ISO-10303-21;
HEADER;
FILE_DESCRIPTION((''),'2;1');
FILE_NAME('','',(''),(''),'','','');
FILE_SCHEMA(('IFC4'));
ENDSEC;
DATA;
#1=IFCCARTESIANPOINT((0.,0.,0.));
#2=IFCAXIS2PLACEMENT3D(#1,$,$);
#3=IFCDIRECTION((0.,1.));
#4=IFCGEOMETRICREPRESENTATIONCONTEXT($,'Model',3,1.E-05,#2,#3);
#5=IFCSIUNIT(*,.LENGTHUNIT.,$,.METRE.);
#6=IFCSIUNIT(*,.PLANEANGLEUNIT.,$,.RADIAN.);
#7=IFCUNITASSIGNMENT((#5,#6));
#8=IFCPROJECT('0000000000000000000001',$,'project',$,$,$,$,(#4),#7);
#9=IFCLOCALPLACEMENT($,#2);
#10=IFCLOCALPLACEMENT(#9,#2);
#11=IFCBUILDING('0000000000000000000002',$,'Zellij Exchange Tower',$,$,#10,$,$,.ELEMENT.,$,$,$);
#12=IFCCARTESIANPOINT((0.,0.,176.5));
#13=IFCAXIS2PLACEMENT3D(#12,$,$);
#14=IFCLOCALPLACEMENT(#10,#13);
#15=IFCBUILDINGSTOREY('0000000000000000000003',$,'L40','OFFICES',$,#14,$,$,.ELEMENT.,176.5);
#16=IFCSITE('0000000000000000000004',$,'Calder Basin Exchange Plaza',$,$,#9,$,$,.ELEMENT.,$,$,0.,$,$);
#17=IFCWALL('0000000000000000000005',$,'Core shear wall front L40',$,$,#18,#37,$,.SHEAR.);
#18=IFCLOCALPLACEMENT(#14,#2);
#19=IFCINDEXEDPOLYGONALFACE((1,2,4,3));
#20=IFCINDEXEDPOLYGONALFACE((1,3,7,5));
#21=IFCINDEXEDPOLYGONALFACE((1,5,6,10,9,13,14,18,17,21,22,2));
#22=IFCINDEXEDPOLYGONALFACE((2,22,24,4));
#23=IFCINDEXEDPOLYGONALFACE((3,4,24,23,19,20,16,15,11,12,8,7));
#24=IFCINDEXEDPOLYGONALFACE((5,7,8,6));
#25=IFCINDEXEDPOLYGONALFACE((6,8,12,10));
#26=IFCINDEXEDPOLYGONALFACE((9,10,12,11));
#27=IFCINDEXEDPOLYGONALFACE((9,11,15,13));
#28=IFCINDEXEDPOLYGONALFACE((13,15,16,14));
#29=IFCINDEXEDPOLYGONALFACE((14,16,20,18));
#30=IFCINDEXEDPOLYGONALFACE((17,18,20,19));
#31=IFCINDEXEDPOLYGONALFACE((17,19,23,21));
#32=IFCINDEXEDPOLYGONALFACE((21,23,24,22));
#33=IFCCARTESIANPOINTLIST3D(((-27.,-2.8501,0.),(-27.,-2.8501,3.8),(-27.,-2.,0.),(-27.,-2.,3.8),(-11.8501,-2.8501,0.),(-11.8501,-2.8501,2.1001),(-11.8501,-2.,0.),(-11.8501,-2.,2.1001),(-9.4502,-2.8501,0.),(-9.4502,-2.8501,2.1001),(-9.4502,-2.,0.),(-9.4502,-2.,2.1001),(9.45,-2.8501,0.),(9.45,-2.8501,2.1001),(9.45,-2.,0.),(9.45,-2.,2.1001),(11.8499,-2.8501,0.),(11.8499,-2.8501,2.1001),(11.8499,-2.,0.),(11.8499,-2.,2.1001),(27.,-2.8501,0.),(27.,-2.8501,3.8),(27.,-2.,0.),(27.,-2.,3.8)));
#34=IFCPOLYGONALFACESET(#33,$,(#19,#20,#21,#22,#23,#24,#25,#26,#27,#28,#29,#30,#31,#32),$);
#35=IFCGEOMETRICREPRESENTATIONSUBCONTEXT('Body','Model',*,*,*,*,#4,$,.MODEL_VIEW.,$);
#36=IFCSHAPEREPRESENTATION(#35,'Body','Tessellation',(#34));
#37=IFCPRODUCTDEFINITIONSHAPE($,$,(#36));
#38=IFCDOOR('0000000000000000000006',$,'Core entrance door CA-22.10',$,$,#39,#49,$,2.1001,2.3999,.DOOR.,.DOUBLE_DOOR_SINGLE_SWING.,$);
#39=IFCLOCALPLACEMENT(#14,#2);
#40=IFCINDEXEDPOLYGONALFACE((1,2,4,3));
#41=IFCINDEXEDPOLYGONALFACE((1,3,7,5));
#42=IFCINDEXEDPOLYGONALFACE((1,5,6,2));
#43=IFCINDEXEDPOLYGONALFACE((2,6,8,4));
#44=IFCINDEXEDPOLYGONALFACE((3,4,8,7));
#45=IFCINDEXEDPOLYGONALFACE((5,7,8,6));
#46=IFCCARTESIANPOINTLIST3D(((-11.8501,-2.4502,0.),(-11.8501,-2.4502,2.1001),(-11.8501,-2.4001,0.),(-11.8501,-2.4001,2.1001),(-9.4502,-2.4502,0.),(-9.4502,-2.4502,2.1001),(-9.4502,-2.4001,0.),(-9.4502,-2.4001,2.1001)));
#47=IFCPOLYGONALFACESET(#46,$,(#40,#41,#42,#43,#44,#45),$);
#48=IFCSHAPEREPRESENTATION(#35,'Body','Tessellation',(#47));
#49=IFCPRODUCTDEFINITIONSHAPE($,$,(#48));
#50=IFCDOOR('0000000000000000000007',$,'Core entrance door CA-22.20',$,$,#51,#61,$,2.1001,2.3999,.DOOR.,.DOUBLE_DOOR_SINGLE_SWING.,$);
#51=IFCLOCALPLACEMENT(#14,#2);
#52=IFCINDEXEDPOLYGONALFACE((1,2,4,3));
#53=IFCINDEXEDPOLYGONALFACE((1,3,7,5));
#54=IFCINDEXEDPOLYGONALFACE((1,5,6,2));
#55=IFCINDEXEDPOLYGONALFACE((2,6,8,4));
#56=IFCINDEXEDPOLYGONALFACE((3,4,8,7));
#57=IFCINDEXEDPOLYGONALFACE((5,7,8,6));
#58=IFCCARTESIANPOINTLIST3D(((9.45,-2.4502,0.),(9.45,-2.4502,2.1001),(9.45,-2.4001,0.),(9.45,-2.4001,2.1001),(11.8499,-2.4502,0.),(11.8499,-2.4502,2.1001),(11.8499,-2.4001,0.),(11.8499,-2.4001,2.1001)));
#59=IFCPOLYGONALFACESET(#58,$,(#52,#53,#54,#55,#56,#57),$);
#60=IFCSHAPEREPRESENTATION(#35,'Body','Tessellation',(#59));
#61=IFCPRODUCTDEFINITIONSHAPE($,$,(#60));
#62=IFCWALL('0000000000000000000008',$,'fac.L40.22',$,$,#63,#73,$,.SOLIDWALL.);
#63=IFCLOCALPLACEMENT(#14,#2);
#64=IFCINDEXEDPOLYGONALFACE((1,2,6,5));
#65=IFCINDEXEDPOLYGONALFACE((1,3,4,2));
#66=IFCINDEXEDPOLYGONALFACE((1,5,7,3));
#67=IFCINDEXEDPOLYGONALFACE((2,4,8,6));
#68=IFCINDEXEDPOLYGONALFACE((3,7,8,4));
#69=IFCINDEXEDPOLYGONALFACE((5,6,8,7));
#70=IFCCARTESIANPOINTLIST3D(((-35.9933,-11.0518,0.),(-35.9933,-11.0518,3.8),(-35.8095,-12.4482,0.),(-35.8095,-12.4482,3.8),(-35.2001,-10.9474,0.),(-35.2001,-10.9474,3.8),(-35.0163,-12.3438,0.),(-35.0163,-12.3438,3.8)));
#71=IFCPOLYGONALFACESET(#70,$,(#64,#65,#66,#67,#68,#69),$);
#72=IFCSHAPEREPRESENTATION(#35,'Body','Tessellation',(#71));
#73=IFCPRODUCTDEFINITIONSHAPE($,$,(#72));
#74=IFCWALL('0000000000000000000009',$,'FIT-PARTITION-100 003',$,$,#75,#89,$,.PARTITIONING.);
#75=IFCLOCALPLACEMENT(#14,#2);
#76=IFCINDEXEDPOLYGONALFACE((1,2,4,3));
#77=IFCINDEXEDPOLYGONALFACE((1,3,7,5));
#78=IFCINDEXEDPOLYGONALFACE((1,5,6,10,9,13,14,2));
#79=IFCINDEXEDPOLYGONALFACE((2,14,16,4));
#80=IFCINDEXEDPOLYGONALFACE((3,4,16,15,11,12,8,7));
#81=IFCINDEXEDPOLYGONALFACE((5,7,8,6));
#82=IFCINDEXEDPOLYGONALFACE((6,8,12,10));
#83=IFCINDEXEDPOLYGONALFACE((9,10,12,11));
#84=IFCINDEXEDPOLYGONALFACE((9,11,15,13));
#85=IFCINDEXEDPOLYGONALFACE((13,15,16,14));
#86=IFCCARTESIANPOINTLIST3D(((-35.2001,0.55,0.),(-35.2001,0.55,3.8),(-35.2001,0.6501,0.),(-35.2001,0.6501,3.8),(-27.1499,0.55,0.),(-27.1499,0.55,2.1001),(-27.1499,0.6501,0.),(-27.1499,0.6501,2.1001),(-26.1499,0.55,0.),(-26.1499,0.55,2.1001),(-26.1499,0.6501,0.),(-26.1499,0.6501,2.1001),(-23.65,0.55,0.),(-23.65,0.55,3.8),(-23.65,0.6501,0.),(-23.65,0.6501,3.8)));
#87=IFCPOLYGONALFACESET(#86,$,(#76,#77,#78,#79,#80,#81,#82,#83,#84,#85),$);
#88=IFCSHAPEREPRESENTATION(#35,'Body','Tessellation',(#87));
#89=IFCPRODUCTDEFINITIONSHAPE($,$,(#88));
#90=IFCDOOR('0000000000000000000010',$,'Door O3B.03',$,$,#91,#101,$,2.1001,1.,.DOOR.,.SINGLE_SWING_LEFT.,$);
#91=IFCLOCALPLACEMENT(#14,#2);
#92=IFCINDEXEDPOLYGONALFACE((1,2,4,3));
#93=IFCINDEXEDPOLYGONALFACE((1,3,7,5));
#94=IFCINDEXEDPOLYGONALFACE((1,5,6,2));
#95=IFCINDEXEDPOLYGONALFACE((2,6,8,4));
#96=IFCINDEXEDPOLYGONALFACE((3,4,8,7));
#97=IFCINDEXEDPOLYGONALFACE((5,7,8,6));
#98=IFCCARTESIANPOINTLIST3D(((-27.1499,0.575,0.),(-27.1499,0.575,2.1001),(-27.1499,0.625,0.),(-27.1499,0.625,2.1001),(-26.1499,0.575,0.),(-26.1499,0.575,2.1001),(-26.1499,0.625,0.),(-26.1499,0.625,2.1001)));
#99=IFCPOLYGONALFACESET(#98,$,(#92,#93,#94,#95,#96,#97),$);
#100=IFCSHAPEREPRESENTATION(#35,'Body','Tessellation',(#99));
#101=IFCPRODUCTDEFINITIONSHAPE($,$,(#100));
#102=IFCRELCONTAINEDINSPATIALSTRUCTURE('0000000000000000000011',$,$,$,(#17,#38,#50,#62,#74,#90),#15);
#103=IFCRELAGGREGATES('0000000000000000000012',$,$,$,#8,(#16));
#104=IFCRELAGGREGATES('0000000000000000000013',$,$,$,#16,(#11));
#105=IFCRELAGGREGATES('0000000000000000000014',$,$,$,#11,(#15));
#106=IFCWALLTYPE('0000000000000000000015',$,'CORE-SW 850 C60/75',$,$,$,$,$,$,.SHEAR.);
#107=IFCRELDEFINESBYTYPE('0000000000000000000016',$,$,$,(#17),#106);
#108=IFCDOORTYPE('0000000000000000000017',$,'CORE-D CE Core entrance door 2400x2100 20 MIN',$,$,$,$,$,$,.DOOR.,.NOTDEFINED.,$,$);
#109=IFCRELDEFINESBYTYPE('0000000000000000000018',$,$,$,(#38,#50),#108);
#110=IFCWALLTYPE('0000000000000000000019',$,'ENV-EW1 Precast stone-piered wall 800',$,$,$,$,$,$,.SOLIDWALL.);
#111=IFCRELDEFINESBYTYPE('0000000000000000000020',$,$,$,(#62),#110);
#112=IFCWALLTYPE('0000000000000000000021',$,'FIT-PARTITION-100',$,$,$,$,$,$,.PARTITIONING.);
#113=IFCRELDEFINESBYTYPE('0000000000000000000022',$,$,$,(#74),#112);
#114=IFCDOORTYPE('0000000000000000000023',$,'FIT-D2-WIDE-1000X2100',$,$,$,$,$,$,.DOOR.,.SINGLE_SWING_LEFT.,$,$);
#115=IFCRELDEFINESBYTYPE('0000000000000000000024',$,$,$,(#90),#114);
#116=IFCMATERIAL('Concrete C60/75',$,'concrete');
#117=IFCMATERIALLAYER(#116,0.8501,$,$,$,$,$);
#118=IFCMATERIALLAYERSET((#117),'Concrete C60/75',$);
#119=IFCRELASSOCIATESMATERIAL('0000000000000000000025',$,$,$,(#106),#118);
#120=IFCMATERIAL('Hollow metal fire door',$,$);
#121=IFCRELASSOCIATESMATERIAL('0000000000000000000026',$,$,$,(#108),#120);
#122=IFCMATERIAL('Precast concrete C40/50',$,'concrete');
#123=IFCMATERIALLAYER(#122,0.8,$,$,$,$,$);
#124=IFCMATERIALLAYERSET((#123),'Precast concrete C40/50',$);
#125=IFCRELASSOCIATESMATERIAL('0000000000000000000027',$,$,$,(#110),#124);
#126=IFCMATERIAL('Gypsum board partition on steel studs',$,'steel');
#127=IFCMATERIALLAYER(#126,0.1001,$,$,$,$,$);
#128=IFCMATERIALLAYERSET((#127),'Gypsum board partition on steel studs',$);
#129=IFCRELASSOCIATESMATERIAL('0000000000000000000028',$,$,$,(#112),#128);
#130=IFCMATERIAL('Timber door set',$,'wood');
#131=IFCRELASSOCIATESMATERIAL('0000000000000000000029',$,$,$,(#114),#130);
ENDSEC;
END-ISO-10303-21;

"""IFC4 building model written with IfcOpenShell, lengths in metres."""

from ifc_helpers import new_model, si_unit, direction, frame, frame_2d, origin, place, context, subcontext, project, spatial, rectangle, extrude, material, layer, layer_set, type_object, element, fill, save


model = new_model("IFC4")

# Units and contexts
model_context = context("Model", 3, precision=1e-05, world=origin(), true_north=direction((0.0, 1.0)))
body_context = subcontext(model_context, "Body", "Model", "MODEL_VIEW")
ifc_project = project(units=[si_unit("LENGTHUNIT", "METRE"), si_unit("PLANEANGLEUNIT", "RADIAN")], contexts=[model_context])

# Site, building, storey
site_placement = place(None, origin())
site = spatial("IfcSite", under=ifc_project, at=site_placement, Name="Calder Basin Exchange Plaza", CompositionType="ELEMENT", RefElevation=0.0)
building_placement = place(site_placement, origin())
building = spatial("IfcBuilding", under=site, at=building_placement, Name="Zellij Exchange Tower", CompositionType="ELEMENT")
storey_placement = place(building_placement, frame((0.0, 0.0, 176.5)))
storey = spatial("IfcBuildingStorey", under=building, at=storey_placement, Name="L40", Description="OFFICES", CompositionType="ELEMENT", Elevation=176.5)

# Shared definitions
ifc_material_1 = material(Name="Concrete C60/75", Category="concrete")

# Wall, openings, doors
ifc_layer_1 = layer(ifc_material_1, 0.8501)
ifc_layer_set_1 = layer_set([ifc_layer_1], Name="Concrete C60/75")
wall_type_1 = type_object("IfcWallType", Name="CORE-SW 850 C60/75", PredefinedType="SHEAR", material=ifc_layer_set_1)
wall_1_placement = place(storey_placement, frame((-27.0, -2.425, 0.0), z_axis=(0.0, 0.0, 1.0), x_axis=(1.0, 0.0, 0.0)))
wall_1 = element("IfcWall", 1, at=wall_1_placement, inside=storey, type_object=wall_type_1, Name="Core shear wall front L40", PredefinedType="SHEAR", context=body_context, shape_type="SweptSolid", body=[
    extrude(rectangle(XDim=54.0, YDim=0.8501, at=frame_2d((27.0, 0.0))), origin(), (0.0, 0.0, 1.0), 3.8),
])
opening_1_placement = place(wall_1_placement, frame((15.1499, 0.0, 0.0)))
opening_1 = element("IfcOpeningElement", 2, at=opening_1_placement, cuts=wall_1, PredefinedType="OPENING", context=body_context, shape_type="SweptSolid", body=[
    extrude(rectangle(XDim=2.3999, YDim=2.1001, at=frame_2d((1.2, 1.05))), frame((0.0, 0.437, 0.0), z_axis=(0.0, -1.0, 0.0), x_axis=(1.0, 0.0, 0.0)), (0.0, 0.0, 1.0), 0.874),
])
opening_2_placement = place(wall_1_placement, frame((36.45, 0.0, 0.0)))
opening_2 = element("IfcOpeningElement", 3, at=opening_2_placement, cuts=wall_1, PredefinedType="OPENING", context=body_context, shape_type="SweptSolid", body=[
    extrude(rectangle(XDim=2.3999, YDim=2.1001, at=frame_2d((1.2, 1.05))), frame((0.0, 0.437, 0.0), z_axis=(0.0, -1.0, 0.0), x_axis=(1.0, 0.0, 0.0)), (0.0, 0.0, 1.0), 0.874),
])
ifc_material_2 = material(Name="Hollow metal fire door")
door_type_1 = type_object("IfcDoorType", Name="CORE-D CE Core entrance door 2400x2100 20 MIN", OperationType="NOTDEFINED", PredefinedType="DOOR", material=ifc_material_2)
door_1_placement = place(opening_1_placement, origin())
door_1 = element("IfcDoor", 4, at=door_1_placement, inside=storey, type_object=door_type_1, Name="Core entrance door CA-22.10", OperationType="DOUBLE_DOOR_SINGLE_SWING", OverallHeight=2.1001, OverallWidth=2.3999, PredefinedType="DOOR", context=body_context, shape_type="SweptSolid", body=[
    extrude(rectangle(XDim=2.3999, YDim=2.1001, at=frame_2d((1.2, 1.05))), frame((0.0, 0.0249, 0.0), z_axis=(0.0, -1.0, 0.0), x_axis=(1.0, 0.0, 0.0)), (0.0, 0.0, 1.0), 0.05),
])
fill(opening_1, door_1)
door_2_placement = place(opening_2_placement, origin())
door_2 = element("IfcDoor", 5, at=door_2_placement, inside=storey, type_object=door_type_1, Name="Core entrance door CA-22.20", OperationType="DOUBLE_DOOR_SINGLE_SWING", OverallHeight=2.1001, OverallWidth=2.3999, PredefinedType="DOOR", context=body_context, shape_type="SweptSolid", body=[
    extrude(rectangle(XDim=2.3999, YDim=2.1001, at=frame_2d((1.2, 1.05))), frame((0.0, 0.0249, 0.0), z_axis=(0.0, -1.0, 0.0), x_axis=(1.0, 0.0, 0.0)), (0.0, 0.0, 1.0), 0.05),
])
fill(opening_2, door_2)

# Wall
ifc_material_3 = material(Name="Precast concrete C40/50", Category="concrete")
ifc_layer_2 = layer(ifc_material_3, 0.8)
ifc_layer_set_2 = layer_set([ifc_layer_2], Name="Precast concrete C40/50")
wall_type_2 = type_object("IfcWallType", Name="ENV-EW1 Precast stone-piered wall 800", PredefinedType="SOLIDWALL", material=ifc_layer_set_2)
wall_2_placement = place(storey_placement, frame((-35.5967, -10.9998, 0.0), z_axis=(0.0, 0.0, 1.0), x_axis=(0.130517, -0.991446, 0.0)))
element("IfcWall", 6, at=wall_2_placement, inside=storey, type_object=wall_type_2, Name="fac.L40.22", PredefinedType="SOLIDWALL", context=body_context, shape_type="SweptSolid", body=[
    extrude(rectangle(XDim=1.4084, YDim=0.8, at=frame_2d((0.7041, 0.0))), origin(), (0.0, 0.0, 1.0), 3.8),
])

# Wall, opening, door
ifc_material_4 = material(Name="Gypsum board partition on steel studs", Category="steel")
ifc_layer_3 = layer(ifc_material_4, 0.1001)
ifc_layer_set_3 = layer_set([ifc_layer_3], Name="Gypsum board partition on steel studs")
wall_type_3 = type_object("IfcWallType", Name="FIT-PARTITION-100", PredefinedType="PARTITIONING", material=ifc_layer_set_3)
wall_3_placement = place(storey_placement, frame((-35.2, 0.6001, 0.0), z_axis=(0.0, 0.0, 1.0), x_axis=(1.0, 0.0, 0.0)))
wall_3 = element("IfcWall", 7, at=wall_3_placement, inside=storey, type_object=wall_type_3, Name="FIT-PARTITION-100 003", PredefinedType="PARTITIONING", context=body_context, shape_type="SweptSolid", body=[
    extrude(rectangle(XDim=11.55, YDim=0.1001, at=frame_2d((5.7749, 0.0))), origin(), (0.0, 0.0, 1.0), 3.8),
])
opening_3_placement = place(wall_3_placement, frame((8.05, 0.0, 0.0)))
opening_3 = element("IfcOpeningElement", 8, at=opening_3_placement, cuts=wall_3, PredefinedType="OPENING", context=body_context, shape_type="SweptSolid", body=[
    extrude(rectangle(XDim=1.0, YDim=2.1001, at=frame_2d((0.5, 1.05))), frame((0.0, 0.062, 0.0), z_axis=(0.0, -1.0, 0.0), x_axis=(1.0, 0.0, 0.0)), (0.0, 0.0, 1.0), 0.124),
])
ifc_material_5 = material(Name="Timber door set", Category="wood")
door_type_2 = type_object("IfcDoorType", Name="FIT-D2-WIDE-1000X2100", OperationType="SINGLE_SWING_LEFT", PredefinedType="DOOR", material=ifc_material_5)
door_3_placement = place(opening_3_placement, origin())
door_3 = element("IfcDoor", 9, at=door_3_placement, inside=storey, type_object=door_type_2, Name="Door O3B.03", OperationType="SINGLE_SWING_LEFT", OverallHeight=2.1001, OverallWidth=1.0, PredefinedType="DOOR", context=body_context, shape_type="SweptSolid", body=[
    extrude(rectangle(XDim=1.0, YDim=2.1001, at=frame_2d((0.5, 1.05))), frame((0.0, 0.0249, 0.0), z_axis=(0.0, -1.0, 0.0), x_axis=(1.0, 0.0, 0.0)), (0.0, 0.0, 1.0), 0.05),
])
fill(opening_3, door_3)

save(model, "model.ifc")
